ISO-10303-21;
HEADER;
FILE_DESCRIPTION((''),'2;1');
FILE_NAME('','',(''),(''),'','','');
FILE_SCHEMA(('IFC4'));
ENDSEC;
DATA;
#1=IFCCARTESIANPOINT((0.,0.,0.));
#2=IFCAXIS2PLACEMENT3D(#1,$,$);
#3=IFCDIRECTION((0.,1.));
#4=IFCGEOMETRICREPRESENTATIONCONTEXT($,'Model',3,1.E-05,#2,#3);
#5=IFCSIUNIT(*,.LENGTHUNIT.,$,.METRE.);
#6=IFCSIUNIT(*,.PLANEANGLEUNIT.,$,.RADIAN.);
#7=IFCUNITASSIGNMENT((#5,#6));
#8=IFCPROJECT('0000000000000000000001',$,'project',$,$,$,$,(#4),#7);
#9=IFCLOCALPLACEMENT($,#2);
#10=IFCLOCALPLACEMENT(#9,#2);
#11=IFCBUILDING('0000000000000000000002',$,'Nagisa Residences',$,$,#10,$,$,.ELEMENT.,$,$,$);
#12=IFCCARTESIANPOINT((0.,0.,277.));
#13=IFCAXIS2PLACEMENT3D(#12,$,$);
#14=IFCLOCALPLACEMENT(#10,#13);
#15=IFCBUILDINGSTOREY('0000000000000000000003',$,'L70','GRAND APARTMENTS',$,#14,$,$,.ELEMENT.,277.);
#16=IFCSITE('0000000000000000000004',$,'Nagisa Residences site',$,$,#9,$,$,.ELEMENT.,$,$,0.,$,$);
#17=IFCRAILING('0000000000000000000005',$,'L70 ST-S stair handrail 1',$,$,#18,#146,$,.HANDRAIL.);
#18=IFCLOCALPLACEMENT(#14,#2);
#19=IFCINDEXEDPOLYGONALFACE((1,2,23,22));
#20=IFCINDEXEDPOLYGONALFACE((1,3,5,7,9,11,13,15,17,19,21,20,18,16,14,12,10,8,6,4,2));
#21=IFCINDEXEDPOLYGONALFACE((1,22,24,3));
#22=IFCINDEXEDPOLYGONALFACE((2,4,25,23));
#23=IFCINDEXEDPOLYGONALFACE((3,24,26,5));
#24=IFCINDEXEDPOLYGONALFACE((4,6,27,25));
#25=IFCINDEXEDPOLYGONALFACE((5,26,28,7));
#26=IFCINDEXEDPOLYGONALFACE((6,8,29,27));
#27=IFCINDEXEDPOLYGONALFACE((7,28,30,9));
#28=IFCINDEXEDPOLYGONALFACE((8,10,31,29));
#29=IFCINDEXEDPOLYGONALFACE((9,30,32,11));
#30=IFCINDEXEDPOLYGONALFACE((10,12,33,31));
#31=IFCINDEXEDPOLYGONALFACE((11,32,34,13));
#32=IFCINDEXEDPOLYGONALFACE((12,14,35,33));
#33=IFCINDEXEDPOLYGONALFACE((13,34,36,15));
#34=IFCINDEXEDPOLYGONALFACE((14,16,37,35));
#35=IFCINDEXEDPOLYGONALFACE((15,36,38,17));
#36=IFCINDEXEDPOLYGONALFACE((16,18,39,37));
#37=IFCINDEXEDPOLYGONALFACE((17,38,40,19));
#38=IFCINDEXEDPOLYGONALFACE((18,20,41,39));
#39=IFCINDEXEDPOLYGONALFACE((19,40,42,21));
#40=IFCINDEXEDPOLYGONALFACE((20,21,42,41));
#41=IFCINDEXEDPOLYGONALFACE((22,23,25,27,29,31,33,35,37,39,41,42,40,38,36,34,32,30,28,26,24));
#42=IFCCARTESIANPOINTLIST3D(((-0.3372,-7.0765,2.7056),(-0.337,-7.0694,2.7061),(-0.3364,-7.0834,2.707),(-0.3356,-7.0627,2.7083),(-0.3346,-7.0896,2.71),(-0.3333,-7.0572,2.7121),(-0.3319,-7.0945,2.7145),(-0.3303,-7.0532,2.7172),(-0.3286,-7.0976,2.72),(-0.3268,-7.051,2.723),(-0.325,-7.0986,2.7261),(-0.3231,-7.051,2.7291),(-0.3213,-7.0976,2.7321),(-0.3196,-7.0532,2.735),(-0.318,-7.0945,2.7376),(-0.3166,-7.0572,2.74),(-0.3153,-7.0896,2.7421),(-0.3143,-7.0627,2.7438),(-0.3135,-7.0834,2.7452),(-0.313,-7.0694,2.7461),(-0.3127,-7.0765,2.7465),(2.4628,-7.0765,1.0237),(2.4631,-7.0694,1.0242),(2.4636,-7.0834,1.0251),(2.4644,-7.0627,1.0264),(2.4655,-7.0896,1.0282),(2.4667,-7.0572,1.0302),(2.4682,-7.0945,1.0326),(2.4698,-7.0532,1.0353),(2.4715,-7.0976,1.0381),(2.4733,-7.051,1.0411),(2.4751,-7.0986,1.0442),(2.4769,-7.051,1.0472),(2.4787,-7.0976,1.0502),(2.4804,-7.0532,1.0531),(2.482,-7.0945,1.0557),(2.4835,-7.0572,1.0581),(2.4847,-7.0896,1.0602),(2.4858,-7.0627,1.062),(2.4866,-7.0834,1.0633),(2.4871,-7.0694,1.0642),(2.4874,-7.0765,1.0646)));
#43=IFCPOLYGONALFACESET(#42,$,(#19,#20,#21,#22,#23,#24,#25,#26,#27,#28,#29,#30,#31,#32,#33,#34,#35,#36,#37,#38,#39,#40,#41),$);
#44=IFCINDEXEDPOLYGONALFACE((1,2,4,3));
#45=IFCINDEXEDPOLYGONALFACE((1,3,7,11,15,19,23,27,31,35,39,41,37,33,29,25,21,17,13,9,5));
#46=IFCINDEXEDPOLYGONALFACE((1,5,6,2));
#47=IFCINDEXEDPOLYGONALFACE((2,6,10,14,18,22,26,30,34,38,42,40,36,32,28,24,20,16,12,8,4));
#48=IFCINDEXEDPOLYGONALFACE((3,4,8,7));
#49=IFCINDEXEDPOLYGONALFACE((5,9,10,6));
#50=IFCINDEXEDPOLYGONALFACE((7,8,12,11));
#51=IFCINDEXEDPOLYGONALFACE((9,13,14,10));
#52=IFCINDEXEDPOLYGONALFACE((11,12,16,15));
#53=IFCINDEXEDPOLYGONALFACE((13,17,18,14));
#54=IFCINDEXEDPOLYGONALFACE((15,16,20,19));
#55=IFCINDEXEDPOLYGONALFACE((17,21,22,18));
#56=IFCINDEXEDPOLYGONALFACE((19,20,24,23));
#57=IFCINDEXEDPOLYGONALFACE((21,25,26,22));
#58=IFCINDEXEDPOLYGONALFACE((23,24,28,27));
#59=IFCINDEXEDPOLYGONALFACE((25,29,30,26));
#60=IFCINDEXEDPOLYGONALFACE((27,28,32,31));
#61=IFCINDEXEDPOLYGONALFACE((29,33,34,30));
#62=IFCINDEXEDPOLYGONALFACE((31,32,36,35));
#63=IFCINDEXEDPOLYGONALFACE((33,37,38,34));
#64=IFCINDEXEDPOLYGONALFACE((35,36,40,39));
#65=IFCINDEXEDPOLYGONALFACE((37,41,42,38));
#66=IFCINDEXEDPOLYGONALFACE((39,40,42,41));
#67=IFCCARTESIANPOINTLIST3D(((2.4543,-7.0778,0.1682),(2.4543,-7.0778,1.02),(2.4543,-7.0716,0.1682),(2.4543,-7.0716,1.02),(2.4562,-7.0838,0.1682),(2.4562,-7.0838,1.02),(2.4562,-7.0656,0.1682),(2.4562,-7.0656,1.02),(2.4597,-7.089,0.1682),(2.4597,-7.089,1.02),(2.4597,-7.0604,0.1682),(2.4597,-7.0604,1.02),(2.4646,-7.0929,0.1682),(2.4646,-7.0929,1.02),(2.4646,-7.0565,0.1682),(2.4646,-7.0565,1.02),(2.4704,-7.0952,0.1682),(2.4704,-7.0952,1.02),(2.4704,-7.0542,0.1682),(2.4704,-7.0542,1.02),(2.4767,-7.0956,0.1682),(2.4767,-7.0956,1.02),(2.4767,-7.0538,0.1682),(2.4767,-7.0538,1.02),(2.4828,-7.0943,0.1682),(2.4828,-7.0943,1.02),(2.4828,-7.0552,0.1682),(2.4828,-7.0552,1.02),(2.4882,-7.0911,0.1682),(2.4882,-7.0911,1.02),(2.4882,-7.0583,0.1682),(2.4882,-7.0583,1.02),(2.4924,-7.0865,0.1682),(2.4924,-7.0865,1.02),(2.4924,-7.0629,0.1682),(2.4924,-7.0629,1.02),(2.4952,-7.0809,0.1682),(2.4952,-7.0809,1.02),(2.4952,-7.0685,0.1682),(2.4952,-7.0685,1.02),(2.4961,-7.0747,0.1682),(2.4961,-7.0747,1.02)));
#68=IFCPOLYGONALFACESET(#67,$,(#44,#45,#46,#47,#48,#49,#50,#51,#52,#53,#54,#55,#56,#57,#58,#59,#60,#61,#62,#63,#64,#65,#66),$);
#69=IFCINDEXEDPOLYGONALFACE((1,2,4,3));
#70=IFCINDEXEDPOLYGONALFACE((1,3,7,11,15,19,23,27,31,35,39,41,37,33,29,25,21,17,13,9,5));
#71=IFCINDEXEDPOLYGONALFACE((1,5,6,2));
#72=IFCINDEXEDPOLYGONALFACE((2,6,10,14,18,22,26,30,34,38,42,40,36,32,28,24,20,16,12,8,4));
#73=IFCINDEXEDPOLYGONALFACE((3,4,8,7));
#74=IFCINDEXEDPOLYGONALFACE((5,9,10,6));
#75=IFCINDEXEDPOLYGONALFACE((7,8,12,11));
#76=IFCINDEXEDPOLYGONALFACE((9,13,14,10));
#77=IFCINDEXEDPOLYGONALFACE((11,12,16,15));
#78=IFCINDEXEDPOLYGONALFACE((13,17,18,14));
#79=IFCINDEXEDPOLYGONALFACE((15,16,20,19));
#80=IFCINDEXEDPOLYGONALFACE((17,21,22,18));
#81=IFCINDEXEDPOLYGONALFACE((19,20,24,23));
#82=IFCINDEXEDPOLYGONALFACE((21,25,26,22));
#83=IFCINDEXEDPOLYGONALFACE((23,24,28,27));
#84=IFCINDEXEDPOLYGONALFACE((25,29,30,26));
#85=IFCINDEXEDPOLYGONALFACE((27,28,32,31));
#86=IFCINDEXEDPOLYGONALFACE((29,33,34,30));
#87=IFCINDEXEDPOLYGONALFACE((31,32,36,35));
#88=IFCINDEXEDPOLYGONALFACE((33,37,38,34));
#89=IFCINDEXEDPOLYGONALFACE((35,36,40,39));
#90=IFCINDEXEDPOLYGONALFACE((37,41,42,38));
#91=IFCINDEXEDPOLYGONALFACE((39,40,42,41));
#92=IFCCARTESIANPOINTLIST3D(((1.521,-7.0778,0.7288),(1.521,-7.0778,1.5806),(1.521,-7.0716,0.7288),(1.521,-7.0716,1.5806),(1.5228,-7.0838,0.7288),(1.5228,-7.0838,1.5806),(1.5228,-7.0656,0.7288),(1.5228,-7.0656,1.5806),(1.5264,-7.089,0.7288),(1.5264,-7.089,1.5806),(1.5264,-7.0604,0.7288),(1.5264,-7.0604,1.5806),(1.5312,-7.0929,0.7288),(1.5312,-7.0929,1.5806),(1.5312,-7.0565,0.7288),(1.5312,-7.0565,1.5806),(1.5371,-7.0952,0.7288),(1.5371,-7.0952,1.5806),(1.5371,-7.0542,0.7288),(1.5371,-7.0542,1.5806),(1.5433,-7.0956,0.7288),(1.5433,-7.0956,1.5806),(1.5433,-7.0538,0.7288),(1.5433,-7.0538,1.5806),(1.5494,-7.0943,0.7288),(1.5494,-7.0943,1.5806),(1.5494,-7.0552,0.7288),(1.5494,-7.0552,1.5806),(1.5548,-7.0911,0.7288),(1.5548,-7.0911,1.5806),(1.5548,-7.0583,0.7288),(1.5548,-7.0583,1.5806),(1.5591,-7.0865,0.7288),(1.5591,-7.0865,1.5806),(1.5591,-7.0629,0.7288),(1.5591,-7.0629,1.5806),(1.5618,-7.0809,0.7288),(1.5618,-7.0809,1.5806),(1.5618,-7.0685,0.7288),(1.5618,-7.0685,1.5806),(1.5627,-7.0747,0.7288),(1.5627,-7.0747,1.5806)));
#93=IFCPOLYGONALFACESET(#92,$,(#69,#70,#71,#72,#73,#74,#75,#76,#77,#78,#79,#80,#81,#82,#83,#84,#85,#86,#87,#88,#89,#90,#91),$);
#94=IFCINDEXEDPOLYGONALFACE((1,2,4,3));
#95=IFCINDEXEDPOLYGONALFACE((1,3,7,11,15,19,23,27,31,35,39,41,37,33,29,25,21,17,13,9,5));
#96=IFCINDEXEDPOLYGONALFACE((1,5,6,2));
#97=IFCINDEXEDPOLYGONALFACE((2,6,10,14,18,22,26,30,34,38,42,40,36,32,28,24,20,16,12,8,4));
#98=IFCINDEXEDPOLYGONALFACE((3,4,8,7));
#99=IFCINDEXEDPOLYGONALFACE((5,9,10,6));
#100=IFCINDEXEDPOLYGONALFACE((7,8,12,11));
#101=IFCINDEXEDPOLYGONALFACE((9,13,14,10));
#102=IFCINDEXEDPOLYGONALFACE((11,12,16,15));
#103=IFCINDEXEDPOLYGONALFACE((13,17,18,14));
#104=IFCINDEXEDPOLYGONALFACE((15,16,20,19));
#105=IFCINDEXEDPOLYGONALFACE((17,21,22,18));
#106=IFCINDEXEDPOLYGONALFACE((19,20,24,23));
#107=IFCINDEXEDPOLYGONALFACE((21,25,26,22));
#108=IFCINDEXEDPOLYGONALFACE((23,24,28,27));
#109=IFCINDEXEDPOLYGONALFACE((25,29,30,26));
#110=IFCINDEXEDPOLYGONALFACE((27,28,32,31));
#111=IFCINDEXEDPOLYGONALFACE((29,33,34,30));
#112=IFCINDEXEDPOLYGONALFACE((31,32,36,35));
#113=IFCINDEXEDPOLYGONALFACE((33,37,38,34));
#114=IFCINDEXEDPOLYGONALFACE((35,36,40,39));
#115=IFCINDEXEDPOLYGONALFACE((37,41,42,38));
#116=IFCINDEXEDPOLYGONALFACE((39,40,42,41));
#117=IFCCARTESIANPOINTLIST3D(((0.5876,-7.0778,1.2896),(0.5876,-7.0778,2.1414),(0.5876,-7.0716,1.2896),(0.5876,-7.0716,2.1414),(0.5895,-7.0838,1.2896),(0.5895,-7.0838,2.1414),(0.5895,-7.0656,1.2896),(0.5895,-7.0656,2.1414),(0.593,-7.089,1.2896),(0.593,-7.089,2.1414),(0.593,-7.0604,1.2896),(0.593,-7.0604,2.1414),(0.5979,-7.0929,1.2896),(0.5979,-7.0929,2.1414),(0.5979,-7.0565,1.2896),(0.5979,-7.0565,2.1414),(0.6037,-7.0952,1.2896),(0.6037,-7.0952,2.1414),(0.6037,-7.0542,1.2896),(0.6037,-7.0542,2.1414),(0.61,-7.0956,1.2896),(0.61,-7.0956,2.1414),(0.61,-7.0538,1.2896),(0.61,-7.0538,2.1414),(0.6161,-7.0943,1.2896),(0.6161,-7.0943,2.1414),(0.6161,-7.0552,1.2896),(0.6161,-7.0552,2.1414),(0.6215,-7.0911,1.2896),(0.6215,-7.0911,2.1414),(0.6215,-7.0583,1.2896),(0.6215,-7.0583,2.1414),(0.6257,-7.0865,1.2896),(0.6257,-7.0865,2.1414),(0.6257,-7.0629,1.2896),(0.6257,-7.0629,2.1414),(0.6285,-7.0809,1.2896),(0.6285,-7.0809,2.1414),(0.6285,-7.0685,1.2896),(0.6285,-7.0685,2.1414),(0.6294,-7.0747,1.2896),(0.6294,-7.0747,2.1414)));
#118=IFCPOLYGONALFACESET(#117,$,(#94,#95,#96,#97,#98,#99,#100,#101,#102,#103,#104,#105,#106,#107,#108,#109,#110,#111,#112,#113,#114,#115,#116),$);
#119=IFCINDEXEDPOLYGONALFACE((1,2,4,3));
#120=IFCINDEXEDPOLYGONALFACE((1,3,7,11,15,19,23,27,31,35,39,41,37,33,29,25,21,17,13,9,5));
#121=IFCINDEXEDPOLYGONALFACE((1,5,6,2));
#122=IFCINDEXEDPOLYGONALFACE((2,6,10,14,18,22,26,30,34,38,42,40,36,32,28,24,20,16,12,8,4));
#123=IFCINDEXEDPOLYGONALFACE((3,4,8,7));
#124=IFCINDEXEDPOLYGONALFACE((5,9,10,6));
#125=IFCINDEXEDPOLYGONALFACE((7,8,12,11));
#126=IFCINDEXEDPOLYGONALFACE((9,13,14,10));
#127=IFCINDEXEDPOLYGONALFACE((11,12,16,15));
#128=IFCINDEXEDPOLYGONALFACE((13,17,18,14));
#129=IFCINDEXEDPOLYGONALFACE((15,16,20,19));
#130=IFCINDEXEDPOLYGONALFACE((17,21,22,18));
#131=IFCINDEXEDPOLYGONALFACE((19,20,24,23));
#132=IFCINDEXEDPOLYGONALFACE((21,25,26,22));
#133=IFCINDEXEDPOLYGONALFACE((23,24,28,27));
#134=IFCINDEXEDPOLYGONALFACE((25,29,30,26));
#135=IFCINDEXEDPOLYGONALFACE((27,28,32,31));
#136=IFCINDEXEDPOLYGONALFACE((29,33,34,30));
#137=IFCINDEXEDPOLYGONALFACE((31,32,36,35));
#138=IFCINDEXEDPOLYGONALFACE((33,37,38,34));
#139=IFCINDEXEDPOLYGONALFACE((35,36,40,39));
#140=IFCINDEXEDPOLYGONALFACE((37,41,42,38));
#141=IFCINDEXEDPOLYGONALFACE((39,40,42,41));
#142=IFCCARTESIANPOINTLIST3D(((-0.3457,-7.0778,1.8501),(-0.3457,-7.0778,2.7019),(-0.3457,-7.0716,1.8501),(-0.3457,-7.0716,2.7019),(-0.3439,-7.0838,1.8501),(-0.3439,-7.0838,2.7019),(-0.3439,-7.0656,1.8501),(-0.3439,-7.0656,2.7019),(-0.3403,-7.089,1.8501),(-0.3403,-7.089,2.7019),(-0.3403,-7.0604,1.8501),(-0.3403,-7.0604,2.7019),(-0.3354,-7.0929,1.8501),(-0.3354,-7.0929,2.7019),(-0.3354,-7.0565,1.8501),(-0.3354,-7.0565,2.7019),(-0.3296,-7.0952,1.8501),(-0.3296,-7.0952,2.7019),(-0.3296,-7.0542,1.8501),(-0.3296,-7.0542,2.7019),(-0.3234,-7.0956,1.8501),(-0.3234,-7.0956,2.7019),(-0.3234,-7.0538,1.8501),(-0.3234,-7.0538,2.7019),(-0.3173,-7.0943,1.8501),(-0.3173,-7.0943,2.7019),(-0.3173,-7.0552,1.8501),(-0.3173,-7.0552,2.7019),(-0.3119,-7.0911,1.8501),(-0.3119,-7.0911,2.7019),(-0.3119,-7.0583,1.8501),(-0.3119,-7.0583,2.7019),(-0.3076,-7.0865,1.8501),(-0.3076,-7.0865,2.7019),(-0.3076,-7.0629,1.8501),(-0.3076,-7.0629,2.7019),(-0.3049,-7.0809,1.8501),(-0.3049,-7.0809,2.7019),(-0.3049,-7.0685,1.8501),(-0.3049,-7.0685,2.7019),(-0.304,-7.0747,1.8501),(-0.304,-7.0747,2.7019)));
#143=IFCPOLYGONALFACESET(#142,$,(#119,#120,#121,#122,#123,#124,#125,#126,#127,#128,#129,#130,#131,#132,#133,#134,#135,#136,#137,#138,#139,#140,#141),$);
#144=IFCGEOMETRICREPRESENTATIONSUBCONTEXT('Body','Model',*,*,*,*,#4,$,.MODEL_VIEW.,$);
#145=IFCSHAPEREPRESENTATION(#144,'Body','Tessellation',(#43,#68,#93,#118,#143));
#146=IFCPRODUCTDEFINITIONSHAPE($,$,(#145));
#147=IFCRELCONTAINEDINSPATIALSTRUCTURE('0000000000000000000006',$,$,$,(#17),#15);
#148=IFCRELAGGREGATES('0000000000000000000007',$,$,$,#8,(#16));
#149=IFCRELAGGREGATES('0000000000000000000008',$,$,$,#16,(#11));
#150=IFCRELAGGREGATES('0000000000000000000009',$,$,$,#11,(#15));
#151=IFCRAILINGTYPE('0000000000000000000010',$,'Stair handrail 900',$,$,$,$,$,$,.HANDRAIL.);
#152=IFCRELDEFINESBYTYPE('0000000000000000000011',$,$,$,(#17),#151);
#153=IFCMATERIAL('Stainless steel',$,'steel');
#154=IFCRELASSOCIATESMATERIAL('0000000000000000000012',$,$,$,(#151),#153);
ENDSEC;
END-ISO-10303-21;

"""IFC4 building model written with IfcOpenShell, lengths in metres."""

from ifc_helpers import new_model, si_unit, direction, frame, origin, origin_2d, place, context, subcontext, project, spatial, circle, extrude, material, type_object, element, save


model = new_model("IFC4")

# Units and contexts
model_context = context("Model", 3, precision=1e-05, world=origin(), true_north=direction((0.0, 1.0)))
body_context = subcontext(model_context, "Body", "Model", "MODEL_VIEW")
ifc_project = project(units=[si_unit("LENGTHUNIT", "METRE"), si_unit("PLANEANGLEUNIT", "RADIAN")], contexts=[model_context])

# Site, building, storey
site_placement = place(None, origin())
site = spatial("IfcSite", under=ifc_project, at=site_placement, Name="Nagisa Residences site", CompositionType="ELEMENT", RefElevation=0.0)
building_placement = place(site_placement, origin())
building = spatial("IfcBuilding", under=site, at=building_placement, Name="Nagisa Residences", CompositionType="ELEMENT")
storey_placement = place(building_placement, frame((0.0, 0.0, 277.0)))
storey = spatial("IfcBuildingStorey", under=building, at=storey_placement, Name="L70", Description="GRAND APARTMENTS", CompositionType="ELEMENT", Elevation=277.0)

# Railing
ifc_material_1 = material(Name="Stainless steel", Category="steel")
railing_type_1 = type_object("IfcRailingType", Name="Stair handrail 900", PredefinedType="HANDRAIL", material=ifc_material_1)
railing_1_placement = place(storey_placement, frame((2.4751, -7.0747, 0.1682)))
element("IfcRailing", 1, at=railing_1_placement, inside=storey, type_object=railing_type_1, Name="L70 ST-S stair handrail 1", PredefinedType="HANDRAIL", context=body_context, shape_type="SweptSolid", body=[
    extrude(circle(Radius=0.0239, at=origin_2d()), frame((0.0, 0.0, 0.876), z_axis=(-0.857242, 0.0, 0.514913), x_axis=(0.0, -1.0, 0.0)), (0.0, 0.0, 1.0), 3.2664),
    extrude(circle(Radius=0.021, at=origin_2d()), origin(), (0.0, 0.0, 1.0), 0.8518),
    extrude(circle(Radius=0.021, at=origin_2d()), frame((-0.9333, 0.0, 0.5605)), (0.0, 0.0, 1.0), 0.8518),
    extrude(circle(Radius=0.021, at=origin_2d()), frame((-1.8667, 0.0, 1.1213)), (0.0, 0.0, 1.0), 0.8518),
    extrude(circle(Radius=0.021, at=origin_2d()), frame((-2.8, 0.0, 1.6819)), (0.0, 0.0, 1.0), 0.8518),
])

save(model, "model.ifc")
